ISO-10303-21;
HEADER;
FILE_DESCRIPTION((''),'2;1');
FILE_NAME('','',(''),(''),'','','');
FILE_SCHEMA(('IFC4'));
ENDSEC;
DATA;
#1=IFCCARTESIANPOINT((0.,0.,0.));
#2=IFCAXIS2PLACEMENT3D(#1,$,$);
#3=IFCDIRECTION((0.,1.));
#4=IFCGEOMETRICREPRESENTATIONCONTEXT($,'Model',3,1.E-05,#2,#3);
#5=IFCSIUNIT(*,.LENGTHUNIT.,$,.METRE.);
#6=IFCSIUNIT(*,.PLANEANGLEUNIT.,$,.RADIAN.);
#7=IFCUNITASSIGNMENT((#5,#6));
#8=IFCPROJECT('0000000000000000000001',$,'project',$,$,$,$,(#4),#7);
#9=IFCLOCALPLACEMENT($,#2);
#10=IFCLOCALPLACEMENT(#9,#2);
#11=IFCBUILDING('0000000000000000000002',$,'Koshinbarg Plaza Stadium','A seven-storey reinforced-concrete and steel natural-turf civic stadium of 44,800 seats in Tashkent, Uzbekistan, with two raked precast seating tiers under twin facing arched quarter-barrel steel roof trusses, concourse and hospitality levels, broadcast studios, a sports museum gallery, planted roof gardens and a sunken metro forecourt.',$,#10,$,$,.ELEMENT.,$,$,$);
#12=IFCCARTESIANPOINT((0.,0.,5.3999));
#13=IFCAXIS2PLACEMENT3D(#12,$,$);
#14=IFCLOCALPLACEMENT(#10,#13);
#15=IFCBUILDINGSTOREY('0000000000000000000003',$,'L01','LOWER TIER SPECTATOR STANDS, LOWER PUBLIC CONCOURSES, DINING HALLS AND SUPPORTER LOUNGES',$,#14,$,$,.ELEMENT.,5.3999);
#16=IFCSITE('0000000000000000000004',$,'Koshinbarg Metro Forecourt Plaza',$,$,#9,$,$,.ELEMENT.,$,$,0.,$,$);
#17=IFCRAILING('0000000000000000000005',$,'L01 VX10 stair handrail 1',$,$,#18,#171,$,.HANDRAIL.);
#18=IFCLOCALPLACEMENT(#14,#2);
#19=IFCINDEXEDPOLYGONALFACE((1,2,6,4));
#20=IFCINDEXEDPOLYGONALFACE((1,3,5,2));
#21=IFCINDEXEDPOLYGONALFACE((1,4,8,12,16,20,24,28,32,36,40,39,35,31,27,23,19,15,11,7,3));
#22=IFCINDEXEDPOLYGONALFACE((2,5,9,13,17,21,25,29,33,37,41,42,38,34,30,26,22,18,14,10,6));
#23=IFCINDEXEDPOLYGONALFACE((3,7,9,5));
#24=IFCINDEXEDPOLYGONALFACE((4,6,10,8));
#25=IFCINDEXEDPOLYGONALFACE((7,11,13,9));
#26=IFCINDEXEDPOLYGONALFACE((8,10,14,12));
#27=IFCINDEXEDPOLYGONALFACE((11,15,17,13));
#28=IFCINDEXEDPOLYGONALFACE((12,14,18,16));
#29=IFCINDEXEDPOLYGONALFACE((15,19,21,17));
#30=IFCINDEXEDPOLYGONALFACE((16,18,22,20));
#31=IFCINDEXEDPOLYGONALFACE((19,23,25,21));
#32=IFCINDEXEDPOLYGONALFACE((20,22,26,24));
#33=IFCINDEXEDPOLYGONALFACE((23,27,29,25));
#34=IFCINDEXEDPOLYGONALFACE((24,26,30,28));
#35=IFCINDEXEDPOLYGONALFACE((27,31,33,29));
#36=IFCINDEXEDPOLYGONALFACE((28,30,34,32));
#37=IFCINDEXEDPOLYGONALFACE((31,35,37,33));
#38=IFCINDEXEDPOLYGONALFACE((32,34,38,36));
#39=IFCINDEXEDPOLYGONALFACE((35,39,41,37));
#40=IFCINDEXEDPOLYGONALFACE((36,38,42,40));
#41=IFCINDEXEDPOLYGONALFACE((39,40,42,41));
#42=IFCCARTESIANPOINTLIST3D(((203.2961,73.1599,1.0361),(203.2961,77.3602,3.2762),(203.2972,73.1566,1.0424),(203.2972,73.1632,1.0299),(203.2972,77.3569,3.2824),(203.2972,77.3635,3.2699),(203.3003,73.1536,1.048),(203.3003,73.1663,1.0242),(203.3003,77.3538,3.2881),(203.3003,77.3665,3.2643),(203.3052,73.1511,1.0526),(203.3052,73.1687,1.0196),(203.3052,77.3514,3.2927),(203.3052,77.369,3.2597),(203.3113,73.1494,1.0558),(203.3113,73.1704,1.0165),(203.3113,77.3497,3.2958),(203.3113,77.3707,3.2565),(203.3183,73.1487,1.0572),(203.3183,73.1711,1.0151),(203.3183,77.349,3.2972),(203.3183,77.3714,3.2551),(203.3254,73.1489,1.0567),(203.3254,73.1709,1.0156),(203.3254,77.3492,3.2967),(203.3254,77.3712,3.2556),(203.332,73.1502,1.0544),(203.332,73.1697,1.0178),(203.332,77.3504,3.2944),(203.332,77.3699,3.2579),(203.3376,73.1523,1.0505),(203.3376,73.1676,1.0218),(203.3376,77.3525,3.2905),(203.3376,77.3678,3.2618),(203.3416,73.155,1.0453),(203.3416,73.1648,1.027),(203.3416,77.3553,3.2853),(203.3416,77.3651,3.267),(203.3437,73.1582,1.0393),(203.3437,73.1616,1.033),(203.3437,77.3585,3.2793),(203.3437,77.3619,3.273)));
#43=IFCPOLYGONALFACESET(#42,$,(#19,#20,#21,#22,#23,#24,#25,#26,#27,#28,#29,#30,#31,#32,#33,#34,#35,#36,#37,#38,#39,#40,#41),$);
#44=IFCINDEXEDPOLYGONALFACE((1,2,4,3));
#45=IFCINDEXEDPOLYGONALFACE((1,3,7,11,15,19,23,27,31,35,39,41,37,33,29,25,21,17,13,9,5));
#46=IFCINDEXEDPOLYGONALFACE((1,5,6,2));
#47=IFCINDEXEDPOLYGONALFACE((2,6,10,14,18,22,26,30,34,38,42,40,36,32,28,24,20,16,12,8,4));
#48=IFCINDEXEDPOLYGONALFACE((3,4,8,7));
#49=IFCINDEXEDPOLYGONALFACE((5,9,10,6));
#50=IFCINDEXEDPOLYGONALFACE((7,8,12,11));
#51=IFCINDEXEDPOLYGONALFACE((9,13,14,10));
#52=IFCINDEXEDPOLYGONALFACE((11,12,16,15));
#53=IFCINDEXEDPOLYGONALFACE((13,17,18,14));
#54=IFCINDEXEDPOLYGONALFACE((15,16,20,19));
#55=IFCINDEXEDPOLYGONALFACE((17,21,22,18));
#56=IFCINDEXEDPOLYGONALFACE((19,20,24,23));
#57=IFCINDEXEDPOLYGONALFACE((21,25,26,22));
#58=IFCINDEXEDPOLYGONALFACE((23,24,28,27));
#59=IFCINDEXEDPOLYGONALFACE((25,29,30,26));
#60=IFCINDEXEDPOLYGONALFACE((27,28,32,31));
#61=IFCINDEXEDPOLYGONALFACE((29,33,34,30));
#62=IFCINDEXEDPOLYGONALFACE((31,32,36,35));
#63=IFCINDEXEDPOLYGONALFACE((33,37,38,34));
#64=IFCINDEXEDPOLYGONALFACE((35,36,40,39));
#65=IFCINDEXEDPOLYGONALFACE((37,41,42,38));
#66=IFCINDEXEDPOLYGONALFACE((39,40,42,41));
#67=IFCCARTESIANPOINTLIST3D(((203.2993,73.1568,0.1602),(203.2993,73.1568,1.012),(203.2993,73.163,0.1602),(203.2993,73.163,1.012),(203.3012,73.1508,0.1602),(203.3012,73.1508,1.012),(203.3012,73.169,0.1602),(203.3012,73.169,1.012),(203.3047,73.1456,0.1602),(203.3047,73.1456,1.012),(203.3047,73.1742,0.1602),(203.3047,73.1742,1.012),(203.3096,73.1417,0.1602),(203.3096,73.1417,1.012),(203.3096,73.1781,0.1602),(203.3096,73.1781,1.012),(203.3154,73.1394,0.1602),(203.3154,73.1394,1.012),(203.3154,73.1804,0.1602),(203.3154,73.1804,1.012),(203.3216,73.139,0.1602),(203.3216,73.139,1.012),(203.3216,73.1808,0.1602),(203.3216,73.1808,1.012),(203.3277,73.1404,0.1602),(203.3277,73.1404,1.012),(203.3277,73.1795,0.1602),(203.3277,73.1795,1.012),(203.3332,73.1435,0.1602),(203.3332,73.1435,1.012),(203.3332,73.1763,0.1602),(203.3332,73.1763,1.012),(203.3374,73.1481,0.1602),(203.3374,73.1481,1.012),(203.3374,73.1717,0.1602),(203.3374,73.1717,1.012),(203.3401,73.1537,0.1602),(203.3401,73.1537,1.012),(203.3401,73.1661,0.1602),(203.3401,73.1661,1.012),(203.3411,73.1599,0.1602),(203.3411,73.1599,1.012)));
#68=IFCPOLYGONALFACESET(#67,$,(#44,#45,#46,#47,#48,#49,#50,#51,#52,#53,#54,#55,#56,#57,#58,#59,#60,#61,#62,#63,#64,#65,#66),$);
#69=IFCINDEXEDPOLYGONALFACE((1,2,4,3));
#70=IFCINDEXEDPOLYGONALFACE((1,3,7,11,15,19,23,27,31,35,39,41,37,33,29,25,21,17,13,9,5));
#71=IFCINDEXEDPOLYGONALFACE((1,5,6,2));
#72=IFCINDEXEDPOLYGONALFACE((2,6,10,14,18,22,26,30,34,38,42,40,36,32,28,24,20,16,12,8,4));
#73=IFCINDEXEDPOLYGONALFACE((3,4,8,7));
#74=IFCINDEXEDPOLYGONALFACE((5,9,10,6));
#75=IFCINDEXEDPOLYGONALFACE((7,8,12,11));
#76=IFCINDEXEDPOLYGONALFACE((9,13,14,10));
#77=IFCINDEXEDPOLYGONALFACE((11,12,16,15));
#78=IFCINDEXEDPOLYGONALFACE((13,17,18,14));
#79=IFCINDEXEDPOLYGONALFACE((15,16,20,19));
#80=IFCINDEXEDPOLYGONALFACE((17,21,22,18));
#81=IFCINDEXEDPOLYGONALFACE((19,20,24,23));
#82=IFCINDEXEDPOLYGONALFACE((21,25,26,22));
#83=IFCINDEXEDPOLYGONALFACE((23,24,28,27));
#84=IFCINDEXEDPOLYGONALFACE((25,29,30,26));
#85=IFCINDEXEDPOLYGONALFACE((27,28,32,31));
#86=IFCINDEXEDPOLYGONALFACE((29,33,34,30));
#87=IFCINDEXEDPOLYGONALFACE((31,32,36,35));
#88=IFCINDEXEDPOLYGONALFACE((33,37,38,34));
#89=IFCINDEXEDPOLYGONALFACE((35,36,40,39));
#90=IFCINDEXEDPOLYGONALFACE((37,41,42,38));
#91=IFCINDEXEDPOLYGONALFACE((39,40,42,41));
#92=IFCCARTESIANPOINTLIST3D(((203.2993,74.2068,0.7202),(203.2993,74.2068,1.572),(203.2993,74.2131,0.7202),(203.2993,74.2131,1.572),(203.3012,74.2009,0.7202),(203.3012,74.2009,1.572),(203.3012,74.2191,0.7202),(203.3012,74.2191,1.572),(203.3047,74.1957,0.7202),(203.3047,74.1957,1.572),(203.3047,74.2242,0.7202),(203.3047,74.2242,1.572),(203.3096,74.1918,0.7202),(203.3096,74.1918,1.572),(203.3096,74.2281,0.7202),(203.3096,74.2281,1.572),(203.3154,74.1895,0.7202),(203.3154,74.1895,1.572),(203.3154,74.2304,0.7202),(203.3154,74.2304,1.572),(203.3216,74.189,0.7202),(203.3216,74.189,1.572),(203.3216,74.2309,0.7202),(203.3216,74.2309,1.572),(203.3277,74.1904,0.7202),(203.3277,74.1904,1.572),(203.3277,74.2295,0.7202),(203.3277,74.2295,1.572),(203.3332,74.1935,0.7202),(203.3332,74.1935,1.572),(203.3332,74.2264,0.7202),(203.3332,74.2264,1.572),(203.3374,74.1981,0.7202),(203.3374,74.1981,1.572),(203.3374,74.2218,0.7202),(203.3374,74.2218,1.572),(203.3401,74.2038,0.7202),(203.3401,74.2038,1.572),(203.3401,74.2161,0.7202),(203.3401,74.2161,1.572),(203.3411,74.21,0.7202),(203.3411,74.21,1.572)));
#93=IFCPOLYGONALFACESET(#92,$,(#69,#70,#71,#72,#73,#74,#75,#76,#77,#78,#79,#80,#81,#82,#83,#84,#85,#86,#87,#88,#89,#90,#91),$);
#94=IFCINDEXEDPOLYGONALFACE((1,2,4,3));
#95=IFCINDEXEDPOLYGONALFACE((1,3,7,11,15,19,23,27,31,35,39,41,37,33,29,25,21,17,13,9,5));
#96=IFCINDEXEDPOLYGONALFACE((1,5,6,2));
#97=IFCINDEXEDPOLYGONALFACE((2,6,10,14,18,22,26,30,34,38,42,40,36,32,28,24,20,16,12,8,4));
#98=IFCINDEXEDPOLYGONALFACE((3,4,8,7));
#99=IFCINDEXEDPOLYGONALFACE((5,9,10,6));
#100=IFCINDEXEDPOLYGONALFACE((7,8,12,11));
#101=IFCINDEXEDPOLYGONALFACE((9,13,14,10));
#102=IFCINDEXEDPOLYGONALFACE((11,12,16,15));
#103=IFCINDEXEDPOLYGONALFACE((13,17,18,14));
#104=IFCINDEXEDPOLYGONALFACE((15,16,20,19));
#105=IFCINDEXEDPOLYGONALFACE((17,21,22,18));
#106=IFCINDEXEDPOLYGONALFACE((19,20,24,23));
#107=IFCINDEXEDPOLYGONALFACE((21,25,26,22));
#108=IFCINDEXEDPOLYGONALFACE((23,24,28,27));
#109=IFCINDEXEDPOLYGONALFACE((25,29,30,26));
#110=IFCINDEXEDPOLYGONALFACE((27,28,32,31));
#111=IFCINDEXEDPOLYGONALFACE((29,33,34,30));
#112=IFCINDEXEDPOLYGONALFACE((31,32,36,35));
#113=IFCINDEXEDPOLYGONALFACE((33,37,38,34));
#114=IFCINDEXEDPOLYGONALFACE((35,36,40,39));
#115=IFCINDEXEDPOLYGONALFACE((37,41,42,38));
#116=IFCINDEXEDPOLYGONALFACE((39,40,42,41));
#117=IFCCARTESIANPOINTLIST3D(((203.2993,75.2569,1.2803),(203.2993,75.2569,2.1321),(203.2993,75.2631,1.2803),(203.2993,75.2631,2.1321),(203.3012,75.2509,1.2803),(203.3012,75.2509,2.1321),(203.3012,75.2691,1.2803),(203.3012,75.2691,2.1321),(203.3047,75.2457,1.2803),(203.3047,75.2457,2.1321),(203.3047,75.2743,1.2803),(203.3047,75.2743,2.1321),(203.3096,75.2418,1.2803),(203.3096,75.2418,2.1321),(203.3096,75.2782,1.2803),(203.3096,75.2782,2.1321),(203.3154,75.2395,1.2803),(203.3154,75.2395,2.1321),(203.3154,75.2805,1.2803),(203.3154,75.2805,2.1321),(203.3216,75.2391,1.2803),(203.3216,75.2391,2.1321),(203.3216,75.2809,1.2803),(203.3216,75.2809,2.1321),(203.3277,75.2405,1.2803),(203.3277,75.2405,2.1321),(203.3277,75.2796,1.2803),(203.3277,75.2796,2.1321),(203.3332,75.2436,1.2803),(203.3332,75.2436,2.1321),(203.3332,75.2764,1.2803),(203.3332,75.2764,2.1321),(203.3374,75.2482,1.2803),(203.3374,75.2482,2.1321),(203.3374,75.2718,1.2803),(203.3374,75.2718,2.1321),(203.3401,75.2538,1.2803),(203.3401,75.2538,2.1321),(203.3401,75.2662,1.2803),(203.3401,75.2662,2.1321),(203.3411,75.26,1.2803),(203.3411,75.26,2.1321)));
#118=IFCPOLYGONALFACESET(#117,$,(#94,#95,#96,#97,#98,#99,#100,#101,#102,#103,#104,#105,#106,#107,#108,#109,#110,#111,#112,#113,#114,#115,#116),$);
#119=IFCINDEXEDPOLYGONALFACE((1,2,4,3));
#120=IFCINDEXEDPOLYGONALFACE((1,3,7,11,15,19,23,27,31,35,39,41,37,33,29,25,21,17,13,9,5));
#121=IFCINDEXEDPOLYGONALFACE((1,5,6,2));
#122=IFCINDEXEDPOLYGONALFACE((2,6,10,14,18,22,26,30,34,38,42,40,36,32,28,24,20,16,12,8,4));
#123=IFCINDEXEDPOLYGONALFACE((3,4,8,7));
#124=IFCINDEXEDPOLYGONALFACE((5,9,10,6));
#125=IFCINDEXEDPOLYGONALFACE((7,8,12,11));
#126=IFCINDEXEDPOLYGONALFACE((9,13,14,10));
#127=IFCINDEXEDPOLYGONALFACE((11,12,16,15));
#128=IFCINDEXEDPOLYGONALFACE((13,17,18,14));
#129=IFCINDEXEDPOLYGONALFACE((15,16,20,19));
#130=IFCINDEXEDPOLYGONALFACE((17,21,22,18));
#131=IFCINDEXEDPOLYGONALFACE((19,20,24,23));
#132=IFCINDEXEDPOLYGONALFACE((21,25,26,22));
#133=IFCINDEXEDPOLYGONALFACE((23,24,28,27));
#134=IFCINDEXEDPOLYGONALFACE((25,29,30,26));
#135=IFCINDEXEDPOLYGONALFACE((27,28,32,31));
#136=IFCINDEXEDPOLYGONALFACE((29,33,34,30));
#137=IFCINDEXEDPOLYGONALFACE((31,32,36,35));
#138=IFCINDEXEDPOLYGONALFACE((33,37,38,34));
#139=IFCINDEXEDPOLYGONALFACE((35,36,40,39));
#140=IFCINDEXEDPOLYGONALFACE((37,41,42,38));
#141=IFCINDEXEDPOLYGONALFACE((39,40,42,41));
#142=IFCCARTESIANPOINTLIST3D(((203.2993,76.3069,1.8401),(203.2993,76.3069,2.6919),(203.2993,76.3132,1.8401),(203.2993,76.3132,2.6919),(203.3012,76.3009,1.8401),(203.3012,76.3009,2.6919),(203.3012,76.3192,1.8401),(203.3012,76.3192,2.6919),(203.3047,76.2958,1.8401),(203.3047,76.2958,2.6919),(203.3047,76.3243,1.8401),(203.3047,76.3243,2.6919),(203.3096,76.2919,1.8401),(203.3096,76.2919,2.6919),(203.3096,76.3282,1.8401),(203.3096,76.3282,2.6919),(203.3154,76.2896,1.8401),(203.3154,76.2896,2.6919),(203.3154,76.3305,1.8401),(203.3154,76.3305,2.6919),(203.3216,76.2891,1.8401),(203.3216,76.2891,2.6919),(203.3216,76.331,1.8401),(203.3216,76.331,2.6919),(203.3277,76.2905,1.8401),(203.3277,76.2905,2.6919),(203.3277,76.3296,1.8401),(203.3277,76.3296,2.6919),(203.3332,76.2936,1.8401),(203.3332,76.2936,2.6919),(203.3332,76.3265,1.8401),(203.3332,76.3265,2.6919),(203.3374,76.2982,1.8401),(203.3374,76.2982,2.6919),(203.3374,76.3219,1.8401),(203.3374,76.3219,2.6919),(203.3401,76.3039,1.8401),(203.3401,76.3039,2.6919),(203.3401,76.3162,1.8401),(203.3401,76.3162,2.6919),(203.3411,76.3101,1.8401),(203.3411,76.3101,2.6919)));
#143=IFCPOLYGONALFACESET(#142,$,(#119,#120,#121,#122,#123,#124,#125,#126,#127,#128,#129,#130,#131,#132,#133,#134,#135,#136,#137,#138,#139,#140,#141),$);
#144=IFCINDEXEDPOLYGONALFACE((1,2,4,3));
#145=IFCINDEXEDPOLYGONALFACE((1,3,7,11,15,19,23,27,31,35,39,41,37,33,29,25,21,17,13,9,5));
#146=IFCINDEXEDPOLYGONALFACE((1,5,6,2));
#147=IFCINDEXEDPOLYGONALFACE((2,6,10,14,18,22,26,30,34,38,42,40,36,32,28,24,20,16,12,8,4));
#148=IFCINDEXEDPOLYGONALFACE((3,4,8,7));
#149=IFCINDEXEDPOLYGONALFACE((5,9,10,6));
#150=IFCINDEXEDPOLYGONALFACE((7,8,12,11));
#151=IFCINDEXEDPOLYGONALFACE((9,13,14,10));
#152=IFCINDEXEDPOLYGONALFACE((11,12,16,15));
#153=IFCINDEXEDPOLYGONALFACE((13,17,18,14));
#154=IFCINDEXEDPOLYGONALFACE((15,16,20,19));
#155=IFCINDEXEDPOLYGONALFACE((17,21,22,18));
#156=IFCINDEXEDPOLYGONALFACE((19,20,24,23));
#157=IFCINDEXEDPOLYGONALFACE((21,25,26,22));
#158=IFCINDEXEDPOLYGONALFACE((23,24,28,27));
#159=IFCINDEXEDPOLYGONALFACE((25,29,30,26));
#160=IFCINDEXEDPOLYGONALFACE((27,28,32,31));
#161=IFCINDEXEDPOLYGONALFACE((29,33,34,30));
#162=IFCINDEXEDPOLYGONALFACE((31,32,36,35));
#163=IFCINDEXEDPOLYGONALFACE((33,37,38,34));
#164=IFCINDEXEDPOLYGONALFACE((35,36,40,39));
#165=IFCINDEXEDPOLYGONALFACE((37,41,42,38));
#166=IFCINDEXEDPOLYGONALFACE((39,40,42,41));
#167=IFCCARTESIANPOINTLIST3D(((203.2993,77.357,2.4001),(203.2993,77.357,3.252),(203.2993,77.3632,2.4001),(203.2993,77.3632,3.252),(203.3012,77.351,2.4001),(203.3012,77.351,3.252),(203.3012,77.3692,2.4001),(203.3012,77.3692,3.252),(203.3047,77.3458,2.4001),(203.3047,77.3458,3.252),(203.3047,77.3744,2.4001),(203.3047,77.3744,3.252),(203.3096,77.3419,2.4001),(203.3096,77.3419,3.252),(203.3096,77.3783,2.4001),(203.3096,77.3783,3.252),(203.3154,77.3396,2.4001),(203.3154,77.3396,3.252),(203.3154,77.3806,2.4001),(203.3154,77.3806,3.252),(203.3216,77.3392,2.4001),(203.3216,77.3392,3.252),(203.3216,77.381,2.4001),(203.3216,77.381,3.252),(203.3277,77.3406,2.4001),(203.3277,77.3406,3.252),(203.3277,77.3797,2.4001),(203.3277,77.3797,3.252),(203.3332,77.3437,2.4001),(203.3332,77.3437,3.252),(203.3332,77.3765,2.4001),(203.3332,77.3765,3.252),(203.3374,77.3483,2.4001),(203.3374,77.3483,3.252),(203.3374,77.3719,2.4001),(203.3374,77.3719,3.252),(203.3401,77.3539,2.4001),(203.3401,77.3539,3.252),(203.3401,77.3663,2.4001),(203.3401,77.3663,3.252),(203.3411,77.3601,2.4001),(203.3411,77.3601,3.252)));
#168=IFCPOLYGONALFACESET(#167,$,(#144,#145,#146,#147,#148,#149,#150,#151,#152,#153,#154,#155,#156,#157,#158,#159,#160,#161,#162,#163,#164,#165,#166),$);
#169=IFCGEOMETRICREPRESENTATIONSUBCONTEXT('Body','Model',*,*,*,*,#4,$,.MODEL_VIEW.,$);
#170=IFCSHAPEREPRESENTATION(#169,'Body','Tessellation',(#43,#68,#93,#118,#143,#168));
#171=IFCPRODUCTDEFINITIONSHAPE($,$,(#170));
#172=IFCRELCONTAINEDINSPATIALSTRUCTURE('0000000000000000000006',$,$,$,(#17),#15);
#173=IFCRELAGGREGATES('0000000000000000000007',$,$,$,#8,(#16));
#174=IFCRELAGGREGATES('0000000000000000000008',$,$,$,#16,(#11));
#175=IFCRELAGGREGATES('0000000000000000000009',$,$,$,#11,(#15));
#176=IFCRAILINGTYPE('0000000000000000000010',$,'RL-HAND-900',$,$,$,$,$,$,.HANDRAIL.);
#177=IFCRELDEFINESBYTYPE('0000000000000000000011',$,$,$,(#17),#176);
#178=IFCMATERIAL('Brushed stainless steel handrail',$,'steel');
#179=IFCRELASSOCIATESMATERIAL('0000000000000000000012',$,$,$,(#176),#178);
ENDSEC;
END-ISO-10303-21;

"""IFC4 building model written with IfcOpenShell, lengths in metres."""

from ifc_helpers import new_model, si_unit, direction, frame, origin, origin_2d, place, context, subcontext, project, spatial, circle, extrude, material, type_object, element, save


model = new_model("IFC4")

# Units and contexts
model_context = context("Model", 3, precision=1e-05, world=origin(), true_north=direction((0.0, 1.0)))
body_context = subcontext(model_context, "Body", "Model", "MODEL_VIEW")
ifc_project = project(units=[si_unit("LENGTHUNIT", "METRE"), si_unit("PLANEANGLEUNIT", "RADIAN")], contexts=[model_context])

# Site, building, storey
site_placement = place(None, origin())
site = spatial("IfcSite", under=ifc_project, at=site_placement, Name="Koshinbarg Metro Forecourt Plaza", CompositionType="ELEMENT", RefElevation=0.0)
building_placement = place(site_placement, origin())
building = spatial("IfcBuilding", under=site, at=building_placement, Name="Koshinbarg Plaza Stadium", Description="A seven-storey reinforced-concrete and steel natural-turf civic stadium of 44,800 seats in Tashkent, Uzbekistan, with two raked precast seating tiers under twin facing arched quarter-barrel steel roof trusses, concourse and hospitality levels, broadcast studios, a sports museum gallery, planted roof gardens and a sunken metro forecourt.", CompositionType="ELEMENT")
storey_placement = place(building_placement, frame((0.0, 0.0, 5.3999)))
storey = spatial("IfcBuildingStorey", under=building, at=storey_placement, Name="L01", Description="LOWER TIER SPECTATOR STANDS, LOWER PUBLIC CONCOURSES, DINING HALLS AND SUPPORTER LOUNGES", CompositionType="ELEMENT", Elevation=5.3999)

# Railing
ifc_material_1 = material(Name="Brushed stainless steel handrail", Category="steel")
railing_type_1 = type_object("IfcRailingType", Name="RL-HAND-900", PredefinedType="HANDRAIL", material=ifc_material_1)
railing_1_placement = place(storey_placement, frame((203.3201, 73.1599, 0.1602)))
element("IfcRailing", 1, at=railing_1_placement, inside=storey, type_object=railing_type_1, Name="L01 VX10 stair handrail 1", PredefinedType="HANDRAIL", context=body_context, shape_type="SweptSolid", body=[
    extrude(circle(Radius=0.0239, at=origin_2d()), frame((0.0, 0.0, 0.876), z_axis=(0.0, 0.882363, 0.47057), x_axis=(-1.0, 0.0, 0.0)), (0.0, 0.0, 1.0), 4.7603),
    extrude(circle(Radius=0.021, at=origin_2d()), origin(), (0.0, 0.0, 1.0), 0.8518),
    extrude(circle(Radius=0.021, at=origin_2d()), frame((0.0, 1.05, 0.5601)), (0.0, 0.0, 1.0), 0.8518),
    extrude(circle(Radius=0.021, at=origin_2d()), frame((0.0, 2.1001, 1.1201)), (0.0, 0.0, 1.0), 0.8518),
    extrude(circle(Radius=0.021, at=origin_2d()), frame((0.0, 3.1501, 1.6799)), (0.0, 0.0, 1.0), 0.8518),
    extrude(circle(Radius=0.021, at=origin_2d()), frame((0.0, 4.2002, 2.24)), (0.0, 0.0, 1.0), 0.8518),
])

save(model, "model.ifc")
